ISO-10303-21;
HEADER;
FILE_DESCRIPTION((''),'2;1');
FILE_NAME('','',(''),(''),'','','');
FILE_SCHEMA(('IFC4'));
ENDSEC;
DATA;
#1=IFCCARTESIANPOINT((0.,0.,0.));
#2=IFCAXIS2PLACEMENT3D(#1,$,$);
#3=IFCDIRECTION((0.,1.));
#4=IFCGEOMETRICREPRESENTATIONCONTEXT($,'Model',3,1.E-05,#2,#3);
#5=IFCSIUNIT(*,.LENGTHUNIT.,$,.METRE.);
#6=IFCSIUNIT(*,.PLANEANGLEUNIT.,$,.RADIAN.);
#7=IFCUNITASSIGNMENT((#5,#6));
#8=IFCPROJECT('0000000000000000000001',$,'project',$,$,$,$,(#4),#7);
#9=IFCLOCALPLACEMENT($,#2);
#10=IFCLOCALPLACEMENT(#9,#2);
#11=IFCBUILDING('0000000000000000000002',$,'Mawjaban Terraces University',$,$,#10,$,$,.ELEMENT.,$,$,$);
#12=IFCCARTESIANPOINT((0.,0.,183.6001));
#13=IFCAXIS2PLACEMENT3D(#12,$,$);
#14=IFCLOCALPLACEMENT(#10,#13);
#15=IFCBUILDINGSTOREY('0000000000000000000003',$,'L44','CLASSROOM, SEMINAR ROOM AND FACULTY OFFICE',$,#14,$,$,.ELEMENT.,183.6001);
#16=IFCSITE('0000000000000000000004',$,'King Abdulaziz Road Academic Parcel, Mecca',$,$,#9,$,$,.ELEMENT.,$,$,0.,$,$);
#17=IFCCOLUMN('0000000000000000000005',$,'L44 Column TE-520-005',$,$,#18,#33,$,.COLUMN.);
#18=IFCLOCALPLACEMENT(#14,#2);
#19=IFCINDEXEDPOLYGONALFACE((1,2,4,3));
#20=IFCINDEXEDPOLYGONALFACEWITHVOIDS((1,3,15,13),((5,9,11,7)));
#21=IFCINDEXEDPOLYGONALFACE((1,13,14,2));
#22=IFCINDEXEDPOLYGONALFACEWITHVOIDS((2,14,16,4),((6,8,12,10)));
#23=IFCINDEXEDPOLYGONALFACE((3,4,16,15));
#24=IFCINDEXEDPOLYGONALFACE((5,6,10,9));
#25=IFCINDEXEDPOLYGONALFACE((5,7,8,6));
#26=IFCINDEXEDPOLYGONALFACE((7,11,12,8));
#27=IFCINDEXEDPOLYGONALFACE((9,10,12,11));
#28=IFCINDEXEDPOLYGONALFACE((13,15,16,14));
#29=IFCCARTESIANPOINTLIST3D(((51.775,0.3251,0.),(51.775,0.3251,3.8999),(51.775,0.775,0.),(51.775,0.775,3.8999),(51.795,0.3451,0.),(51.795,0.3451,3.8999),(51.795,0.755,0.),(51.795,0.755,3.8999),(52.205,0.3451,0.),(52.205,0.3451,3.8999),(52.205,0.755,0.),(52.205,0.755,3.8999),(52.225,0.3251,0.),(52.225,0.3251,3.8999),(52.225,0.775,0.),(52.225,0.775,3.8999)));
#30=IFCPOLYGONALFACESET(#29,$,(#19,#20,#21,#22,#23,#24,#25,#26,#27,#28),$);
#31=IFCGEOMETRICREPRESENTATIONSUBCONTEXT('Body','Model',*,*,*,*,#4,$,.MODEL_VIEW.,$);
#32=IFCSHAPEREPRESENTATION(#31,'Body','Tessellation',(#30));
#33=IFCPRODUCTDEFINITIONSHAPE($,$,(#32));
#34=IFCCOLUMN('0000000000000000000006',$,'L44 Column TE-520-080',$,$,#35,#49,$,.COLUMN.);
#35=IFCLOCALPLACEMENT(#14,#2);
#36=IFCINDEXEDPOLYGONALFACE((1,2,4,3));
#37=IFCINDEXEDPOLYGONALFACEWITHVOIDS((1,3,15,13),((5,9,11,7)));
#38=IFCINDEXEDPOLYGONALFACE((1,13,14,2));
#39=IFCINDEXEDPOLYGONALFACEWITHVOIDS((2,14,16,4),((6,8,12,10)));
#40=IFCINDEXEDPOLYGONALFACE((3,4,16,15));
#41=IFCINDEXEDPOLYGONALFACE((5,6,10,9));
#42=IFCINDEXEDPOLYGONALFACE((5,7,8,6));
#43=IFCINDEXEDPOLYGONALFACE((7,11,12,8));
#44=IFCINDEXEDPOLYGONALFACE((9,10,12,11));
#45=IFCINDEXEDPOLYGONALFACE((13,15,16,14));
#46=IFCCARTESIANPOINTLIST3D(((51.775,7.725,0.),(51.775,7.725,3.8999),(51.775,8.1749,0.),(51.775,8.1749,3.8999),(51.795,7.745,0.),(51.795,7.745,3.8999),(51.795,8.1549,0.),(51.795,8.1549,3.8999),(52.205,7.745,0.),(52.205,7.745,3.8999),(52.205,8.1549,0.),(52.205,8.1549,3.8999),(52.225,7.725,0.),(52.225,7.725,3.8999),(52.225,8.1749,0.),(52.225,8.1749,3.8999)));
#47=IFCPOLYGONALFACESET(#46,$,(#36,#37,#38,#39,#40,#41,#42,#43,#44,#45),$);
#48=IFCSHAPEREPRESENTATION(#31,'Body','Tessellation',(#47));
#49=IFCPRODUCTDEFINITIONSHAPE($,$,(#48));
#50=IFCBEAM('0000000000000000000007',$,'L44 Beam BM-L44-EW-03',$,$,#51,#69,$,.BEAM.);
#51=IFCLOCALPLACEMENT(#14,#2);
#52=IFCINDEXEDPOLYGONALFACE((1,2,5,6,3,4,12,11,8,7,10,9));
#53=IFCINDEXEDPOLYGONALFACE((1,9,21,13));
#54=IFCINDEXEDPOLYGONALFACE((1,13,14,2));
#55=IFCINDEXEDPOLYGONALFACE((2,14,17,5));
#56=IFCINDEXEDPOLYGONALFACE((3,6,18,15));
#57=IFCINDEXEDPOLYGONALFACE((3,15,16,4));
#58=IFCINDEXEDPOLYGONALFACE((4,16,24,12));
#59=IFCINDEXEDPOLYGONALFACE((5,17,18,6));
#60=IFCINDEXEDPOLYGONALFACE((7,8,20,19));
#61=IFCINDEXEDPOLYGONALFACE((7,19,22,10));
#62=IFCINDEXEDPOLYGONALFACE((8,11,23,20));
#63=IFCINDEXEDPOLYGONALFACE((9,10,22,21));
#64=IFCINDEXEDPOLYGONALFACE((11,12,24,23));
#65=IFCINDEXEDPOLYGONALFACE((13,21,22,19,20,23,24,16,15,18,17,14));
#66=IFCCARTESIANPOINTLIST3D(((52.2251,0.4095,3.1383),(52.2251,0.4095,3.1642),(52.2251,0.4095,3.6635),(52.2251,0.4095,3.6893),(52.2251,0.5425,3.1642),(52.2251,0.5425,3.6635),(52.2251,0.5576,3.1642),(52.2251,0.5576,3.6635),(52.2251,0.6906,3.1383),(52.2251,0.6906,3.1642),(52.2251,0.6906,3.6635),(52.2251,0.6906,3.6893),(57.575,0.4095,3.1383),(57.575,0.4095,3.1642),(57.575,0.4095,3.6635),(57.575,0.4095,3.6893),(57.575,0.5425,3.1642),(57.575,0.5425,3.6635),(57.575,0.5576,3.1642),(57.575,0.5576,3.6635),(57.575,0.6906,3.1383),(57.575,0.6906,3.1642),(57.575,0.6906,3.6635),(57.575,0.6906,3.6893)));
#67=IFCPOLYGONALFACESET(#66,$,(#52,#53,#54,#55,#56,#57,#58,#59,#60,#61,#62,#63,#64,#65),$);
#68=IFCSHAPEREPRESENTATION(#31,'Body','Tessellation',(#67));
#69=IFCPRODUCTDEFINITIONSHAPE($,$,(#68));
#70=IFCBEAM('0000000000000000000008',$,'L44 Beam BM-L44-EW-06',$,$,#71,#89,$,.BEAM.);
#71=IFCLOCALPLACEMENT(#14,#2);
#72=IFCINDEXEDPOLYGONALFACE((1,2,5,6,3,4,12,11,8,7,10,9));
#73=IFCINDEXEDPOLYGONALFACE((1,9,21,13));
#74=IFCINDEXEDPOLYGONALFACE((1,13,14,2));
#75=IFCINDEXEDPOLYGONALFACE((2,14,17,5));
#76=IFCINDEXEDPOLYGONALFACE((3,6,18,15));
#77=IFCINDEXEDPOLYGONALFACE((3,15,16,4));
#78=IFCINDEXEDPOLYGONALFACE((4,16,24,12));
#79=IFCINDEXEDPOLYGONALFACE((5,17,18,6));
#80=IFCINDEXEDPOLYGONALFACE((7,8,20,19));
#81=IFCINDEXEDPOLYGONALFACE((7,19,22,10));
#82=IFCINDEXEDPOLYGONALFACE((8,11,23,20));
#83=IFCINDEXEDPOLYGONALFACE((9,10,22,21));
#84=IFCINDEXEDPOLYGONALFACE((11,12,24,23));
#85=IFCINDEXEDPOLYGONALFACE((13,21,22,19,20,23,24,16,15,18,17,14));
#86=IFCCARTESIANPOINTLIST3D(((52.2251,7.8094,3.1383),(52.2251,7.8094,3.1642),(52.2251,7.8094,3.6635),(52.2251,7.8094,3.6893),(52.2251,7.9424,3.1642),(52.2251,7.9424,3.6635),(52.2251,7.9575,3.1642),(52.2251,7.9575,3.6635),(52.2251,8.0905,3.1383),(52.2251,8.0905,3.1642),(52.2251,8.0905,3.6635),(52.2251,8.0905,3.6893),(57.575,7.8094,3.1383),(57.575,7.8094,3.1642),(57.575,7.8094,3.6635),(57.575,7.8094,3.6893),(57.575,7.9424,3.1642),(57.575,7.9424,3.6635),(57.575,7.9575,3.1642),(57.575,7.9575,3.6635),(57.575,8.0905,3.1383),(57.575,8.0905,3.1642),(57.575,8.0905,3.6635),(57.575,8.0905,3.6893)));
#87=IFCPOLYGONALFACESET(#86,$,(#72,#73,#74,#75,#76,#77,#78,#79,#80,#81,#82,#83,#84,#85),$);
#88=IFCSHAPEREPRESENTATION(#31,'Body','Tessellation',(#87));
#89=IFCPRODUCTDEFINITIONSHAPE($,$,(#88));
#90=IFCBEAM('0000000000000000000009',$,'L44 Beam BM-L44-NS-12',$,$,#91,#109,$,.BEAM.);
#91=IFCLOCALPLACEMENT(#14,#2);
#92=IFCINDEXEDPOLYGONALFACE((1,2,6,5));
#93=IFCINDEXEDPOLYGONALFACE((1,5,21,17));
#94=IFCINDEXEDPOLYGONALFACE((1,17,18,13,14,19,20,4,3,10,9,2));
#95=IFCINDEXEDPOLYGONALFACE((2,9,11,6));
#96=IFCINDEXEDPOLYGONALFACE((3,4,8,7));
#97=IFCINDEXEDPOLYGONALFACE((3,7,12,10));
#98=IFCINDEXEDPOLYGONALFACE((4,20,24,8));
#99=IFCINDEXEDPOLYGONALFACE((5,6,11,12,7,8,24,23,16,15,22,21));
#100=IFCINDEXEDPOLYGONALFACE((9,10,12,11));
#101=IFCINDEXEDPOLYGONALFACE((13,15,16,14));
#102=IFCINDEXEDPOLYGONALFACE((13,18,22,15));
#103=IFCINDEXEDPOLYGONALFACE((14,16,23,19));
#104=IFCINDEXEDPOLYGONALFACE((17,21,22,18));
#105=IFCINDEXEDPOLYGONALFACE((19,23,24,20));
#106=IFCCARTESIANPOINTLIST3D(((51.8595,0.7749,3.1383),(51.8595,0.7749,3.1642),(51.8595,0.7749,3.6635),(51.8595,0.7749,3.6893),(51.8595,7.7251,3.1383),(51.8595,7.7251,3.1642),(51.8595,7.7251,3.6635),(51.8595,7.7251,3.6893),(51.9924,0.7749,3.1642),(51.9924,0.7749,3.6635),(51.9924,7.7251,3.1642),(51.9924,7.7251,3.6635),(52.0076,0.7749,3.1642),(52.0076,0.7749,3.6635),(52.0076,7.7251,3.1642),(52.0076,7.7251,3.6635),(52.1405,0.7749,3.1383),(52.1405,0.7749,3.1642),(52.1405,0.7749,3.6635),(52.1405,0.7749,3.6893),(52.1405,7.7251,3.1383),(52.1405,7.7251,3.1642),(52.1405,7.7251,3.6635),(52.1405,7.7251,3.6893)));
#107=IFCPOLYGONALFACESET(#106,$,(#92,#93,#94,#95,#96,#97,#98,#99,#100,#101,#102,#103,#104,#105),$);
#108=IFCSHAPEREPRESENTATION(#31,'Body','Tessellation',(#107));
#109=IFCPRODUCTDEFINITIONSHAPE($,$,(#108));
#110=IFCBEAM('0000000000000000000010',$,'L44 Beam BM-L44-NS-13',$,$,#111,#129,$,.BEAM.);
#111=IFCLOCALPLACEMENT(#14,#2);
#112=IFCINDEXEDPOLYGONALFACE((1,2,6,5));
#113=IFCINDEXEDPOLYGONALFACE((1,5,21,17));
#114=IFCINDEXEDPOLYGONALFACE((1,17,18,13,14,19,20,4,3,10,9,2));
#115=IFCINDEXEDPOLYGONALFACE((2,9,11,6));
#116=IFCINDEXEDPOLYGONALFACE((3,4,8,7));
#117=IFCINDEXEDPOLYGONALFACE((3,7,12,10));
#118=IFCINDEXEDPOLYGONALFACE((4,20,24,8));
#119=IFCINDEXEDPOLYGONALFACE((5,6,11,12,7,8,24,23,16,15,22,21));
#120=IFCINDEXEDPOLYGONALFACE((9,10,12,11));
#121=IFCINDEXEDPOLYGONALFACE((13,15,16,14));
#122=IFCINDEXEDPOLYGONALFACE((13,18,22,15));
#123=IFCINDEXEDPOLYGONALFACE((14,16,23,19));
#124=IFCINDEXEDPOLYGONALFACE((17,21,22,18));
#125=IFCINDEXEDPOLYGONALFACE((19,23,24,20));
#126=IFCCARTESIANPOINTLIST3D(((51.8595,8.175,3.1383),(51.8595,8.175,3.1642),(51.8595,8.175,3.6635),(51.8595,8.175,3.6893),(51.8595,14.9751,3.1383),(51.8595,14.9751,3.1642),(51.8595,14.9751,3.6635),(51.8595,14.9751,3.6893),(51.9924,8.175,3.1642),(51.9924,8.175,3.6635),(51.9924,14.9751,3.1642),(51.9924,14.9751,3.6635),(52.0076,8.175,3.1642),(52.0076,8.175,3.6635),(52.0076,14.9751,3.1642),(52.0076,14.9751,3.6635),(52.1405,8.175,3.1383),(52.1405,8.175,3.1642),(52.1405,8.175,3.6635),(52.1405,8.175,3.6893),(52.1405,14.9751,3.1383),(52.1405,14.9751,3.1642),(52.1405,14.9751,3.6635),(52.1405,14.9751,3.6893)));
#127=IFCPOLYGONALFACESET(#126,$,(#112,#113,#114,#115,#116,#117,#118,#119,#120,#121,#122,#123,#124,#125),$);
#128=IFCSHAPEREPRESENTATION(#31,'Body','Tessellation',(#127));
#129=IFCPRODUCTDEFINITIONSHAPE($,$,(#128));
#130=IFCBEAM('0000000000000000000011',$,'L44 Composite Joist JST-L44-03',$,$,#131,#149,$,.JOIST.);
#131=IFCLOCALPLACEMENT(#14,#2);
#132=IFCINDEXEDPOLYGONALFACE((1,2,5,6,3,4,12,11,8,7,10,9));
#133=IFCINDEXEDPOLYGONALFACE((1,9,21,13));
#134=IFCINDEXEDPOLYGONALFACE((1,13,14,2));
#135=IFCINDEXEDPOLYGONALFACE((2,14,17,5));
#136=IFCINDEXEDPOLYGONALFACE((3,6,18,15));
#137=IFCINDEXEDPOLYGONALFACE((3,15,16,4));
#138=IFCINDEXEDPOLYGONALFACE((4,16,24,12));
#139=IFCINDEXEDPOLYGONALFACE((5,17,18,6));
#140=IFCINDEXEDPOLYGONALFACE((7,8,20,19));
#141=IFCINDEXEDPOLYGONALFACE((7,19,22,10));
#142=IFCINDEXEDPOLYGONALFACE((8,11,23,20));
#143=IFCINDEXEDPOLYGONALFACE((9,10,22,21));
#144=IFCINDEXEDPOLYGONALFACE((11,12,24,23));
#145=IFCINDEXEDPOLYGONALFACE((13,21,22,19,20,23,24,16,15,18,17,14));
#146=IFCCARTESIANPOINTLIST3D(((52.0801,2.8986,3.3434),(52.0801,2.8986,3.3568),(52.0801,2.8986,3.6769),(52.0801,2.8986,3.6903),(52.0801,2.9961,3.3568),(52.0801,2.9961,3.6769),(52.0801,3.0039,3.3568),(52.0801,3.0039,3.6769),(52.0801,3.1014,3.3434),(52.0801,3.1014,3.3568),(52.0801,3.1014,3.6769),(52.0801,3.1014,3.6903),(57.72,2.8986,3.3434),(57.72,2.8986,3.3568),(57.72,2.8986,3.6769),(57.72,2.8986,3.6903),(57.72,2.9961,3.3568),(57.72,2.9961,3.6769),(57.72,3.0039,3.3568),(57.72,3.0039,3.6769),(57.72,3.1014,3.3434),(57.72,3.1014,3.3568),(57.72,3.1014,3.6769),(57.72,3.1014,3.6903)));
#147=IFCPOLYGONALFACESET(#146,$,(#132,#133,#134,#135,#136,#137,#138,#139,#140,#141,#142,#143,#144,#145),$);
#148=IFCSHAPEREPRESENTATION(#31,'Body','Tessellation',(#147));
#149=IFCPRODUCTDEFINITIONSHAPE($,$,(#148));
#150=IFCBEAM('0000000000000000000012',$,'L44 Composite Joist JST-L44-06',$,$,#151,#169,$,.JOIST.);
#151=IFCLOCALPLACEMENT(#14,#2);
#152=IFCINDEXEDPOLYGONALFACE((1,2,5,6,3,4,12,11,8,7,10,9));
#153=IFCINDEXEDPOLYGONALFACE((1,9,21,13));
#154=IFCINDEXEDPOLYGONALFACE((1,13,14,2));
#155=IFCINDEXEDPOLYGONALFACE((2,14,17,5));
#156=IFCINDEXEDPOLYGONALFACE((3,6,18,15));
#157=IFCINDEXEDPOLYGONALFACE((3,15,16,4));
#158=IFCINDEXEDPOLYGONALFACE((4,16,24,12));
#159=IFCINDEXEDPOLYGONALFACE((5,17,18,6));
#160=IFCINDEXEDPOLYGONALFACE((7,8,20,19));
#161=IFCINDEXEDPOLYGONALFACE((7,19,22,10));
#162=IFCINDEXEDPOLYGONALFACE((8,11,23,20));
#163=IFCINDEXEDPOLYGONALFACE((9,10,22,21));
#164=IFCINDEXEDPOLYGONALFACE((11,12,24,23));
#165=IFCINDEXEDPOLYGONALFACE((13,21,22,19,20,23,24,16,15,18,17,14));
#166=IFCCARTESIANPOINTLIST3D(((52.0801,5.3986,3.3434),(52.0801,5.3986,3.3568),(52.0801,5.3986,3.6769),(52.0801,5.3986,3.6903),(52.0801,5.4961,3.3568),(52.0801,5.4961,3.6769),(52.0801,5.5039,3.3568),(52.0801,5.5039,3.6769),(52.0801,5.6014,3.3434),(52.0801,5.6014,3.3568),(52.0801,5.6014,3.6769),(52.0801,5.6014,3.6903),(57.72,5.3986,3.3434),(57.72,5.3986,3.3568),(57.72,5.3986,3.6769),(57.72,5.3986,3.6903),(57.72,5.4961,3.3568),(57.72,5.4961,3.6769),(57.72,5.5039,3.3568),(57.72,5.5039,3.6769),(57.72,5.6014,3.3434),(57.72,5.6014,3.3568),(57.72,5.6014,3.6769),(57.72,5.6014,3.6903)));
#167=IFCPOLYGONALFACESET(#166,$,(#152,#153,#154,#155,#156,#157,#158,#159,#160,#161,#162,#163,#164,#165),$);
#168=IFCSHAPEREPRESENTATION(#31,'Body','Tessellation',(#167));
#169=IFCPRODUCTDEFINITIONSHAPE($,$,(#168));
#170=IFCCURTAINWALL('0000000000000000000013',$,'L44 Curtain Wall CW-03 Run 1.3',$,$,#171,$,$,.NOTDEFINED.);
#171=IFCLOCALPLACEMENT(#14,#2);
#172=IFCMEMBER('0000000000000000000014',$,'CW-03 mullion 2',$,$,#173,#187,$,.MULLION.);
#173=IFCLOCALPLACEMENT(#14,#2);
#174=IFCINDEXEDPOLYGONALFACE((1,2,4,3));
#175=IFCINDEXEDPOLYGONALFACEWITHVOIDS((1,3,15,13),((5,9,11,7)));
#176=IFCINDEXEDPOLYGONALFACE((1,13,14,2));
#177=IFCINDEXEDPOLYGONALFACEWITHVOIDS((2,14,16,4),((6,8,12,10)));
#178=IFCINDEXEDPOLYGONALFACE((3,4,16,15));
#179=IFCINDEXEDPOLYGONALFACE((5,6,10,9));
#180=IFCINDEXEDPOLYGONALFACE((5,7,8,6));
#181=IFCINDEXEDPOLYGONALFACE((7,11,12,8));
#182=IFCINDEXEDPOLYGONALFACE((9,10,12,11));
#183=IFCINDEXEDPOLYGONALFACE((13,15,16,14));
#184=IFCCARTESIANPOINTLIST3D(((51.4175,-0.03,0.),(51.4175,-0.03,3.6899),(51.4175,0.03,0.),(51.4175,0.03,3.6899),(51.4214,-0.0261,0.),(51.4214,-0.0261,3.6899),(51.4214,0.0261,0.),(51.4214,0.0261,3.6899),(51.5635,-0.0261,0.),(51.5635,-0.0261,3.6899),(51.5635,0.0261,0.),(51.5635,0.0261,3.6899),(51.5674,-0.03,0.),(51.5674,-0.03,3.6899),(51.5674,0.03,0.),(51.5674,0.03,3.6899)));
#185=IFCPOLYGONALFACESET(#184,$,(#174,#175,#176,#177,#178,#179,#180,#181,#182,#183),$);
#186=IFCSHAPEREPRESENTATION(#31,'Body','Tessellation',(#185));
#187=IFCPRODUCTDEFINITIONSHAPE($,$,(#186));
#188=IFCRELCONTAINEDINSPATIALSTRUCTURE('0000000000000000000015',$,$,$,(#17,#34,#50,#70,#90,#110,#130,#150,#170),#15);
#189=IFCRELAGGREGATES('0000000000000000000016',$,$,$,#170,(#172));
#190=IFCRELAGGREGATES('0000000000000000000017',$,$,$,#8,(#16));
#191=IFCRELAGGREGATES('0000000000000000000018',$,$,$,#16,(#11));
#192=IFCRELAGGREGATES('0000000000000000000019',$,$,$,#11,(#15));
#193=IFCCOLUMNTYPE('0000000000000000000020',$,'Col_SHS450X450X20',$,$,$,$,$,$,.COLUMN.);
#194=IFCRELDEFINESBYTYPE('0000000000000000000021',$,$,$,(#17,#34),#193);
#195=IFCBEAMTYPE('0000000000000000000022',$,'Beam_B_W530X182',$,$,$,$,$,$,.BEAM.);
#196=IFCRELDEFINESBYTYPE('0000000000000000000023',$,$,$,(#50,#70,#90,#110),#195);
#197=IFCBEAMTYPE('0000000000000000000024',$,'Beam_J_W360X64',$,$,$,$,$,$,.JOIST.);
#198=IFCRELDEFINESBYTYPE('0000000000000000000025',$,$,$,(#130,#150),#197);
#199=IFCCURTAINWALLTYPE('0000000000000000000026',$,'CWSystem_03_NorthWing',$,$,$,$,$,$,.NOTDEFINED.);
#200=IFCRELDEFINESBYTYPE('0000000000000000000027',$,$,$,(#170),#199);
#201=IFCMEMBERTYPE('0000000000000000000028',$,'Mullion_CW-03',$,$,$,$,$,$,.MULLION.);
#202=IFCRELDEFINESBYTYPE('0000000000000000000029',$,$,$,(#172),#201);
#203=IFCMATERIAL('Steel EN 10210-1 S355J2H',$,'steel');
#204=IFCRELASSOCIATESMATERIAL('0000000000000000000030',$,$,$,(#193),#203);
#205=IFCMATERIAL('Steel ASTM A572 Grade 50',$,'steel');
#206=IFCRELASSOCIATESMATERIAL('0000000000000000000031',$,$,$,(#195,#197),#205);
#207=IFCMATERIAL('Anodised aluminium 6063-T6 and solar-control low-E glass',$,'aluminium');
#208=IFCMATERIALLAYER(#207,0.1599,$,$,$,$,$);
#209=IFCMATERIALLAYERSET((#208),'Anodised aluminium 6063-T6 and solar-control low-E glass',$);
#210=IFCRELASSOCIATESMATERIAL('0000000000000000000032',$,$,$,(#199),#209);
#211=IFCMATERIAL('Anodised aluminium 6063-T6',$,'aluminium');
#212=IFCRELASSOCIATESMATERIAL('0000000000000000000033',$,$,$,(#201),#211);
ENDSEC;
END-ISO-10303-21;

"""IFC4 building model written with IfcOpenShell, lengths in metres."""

from ifc_helpers import new_model, si_unit, direction, frame, origin, origin_2d, place, context, subcontext, project, spatial, hollow_rectangle, i_section, extrude, material, layer, layer_set, material_profile, profile_set, type_object, element, aggregate, save


model = new_model("IFC4")

# Units and contexts
model_context = context("Model", 3, precision=1e-05, world=origin(), true_north=direction((0.0, 1.0)))
body_context = subcontext(model_context, "Body", "Model", "MODEL_VIEW")
ifc_project = project(units=[si_unit("LENGTHUNIT", "METRE"), si_unit("PLANEANGLEUNIT", "RADIAN")], contexts=[model_context])

# Site, building, storey
site_placement = place(None, origin())
site = spatial("IfcSite", under=ifc_project, at=site_placement, Name="King Abdulaziz Road Academic Parcel, Mecca", CompositionType="ELEMENT", RefElevation=0.0)
building_placement = place(site_placement, origin())
building = spatial("IfcBuilding", under=site, at=building_placement, Name="Mawjaban Terraces University", CompositionType="ELEMENT")
storey_placement = place(building_placement, frame((0.0, 0.0, 183.6001)))
storey = spatial("IfcBuildingStorey", under=building, at=storey_placement, Name="L44", Description="CLASSROOM, SEMINAR ROOM AND FACULTY OFFICE", CompositionType="ELEMENT", Elevation=183.6001)

# Columns
ifc_material_1 = material(Name="Steel EN 10210-1 S355J2H", Category="steel")
ifc_material_profile_1 = material_profile(ifc_material_1, hollow_rectangle(XDim=0.45, YDim=0.45, WallThickness=0.02, at=origin_2d()), Name="SHS450X450X20")
ifc_profile_set_1 = profile_set([ifc_material_profile_1], Name="Steel EN 10210-1 S355J2H")
column_type = type_object("IfcColumnType", Name="Col_SHS450X450X20", PredefinedType="COLUMN", material=ifc_profile_set_1)
for number, where, z_axis, x_axis, name in (
    (1, (52.0, 0.55, 0.0), (0.0, 0.0, 1.0), (1.0, 0.0, 0.0), "L44 Column TE-520-005"),
    (2, (52.0, 7.95, 0.0), (0.0, 0.0, 1.0), (1.0, 0.0, 0.0), "L44 Column TE-520-080"),
):
    element("IfcColumn", number, at=place(storey_placement, frame(where, z_axis=z_axis, x_axis=x_axis)), inside=storey, type_object=column_type, Name=name, PredefinedType="COLUMN", context=body_context, shape_type="SweptSolid", body=[
        extrude(hollow_rectangle(XDim=0.45, YDim=0.45, WallThickness=0.02, at=origin_2d()), origin(), (0.0, 0.0, 1.0), 3.8999),
    ])

# Beams
ifc_material_2 = material(Name="Steel ASTM A572 Grade 50", Category="steel")
ifc_material_profile_2 = material_profile(ifc_material_2, i_section(OverallWidth=0.281, OverallDepth=0.551, WebThickness=0.0151, FlangeThickness=0.0259, at=origin_2d()), Name="W530X182")
ifc_profile_set_2 = profile_set([ifc_material_profile_2], Name="Steel ASTM A572 Grade 50")
beam_type_1 = type_object("IfcBeamType", Name="Beam_B_W530X182", PredefinedType="BEAM", material=ifc_profile_set_2)
for number, where, z_axis, x_axis, name in (
    (3, (52.2251, 0.55, 3.4138), (1.0, 0.0, 0.0), (0.0, 1.0, 0.0), "L44 Beam BM-L44-EW-03"),
    (4, (52.2251, 7.95, 3.4138), (1.0, 0.0, 0.0), (0.0, 1.0, 0.0), "L44 Beam BM-L44-EW-06"),
):
    element("IfcBeam", number, at=place(storey_placement, frame(where, z_axis=z_axis, x_axis=x_axis)), inside=storey, type_object=beam_type_1, Name=name, PredefinedType="BEAM", context=body_context, shape_type="SweptSolid", body=[
        extrude(i_section(OverallWidth=0.281, OverallDepth=0.551, WebThickness=0.0151, FlangeThickness=0.0259, at=origin_2d()), origin(), (0.0, 0.0, 1.0), 5.3499),
    ])
beam_1_placement = place(storey_placement, frame((52.0, 0.7749, 3.4138), z_axis=(0.0, 1.0, 0.0), x_axis=(-1.0, 0.0, 0.0)))
element("IfcBeam", 5, at=beam_1_placement, inside=storey, type_object=beam_type_1, Name="L44 Beam BM-L44-NS-12", PredefinedType="BEAM", context=body_context, shape_type="SweptSolid", body=[
    extrude(i_section(OverallWidth=0.281, OverallDepth=0.551, WebThickness=0.0151, FlangeThickness=0.0259, at=origin_2d()), origin(), (0.0, 0.0, 1.0), 6.9502),
])
beam_2_placement = place(storey_placement, frame((52.0, 8.175, 3.4138), z_axis=(0.0, 1.0, 0.0), x_axis=(-1.0, 0.0, 0.0)))
element("IfcBeam", 6, at=beam_2_placement, inside=storey, type_object=beam_type_1, Name="L44 Beam BM-L44-NS-13", PredefinedType="BEAM", context=body_context, shape_type="SweptSolid", body=[
    extrude(i_section(OverallWidth=0.281, OverallDepth=0.551, WebThickness=0.0151, FlangeThickness=0.0259, at=origin_2d()), origin(), (0.0, 0.0, 1.0), 6.8),
])
ifc_material_profile_3 = material_profile(ifc_material_2, i_section(OverallWidth=0.2029, OverallDepth=0.3469, WebThickness=0.0078, FlangeThickness=0.0134, at=origin_2d()), Name="W360X64")
ifc_profile_set_3 = profile_set([ifc_material_profile_3], Name="Steel ASTM A572 Grade 50")
beam_type_2 = type_object("IfcBeamType", Name="Beam_J_W360X64", PredefinedType="JOIST", material=ifc_profile_set_3)
for number, where, z_axis, x_axis, name in (
    (7, (52.0801, 3.0, 3.5168), (1.0, 0.0, 0.0), (0.0, 1.0, 0.0), "L44 Composite Joist JST-L44-03"),
    (8, (52.0801, 5.5, 3.5168), (1.0, 0.0, 0.0), (0.0, 1.0, 0.0), "L44 Composite Joist JST-L44-06"),
):
    element("IfcBeam", number, at=place(storey_placement, frame(where, z_axis=z_axis, x_axis=x_axis)), inside=storey, type_object=beam_type_2, Name=name, PredefinedType="JOIST", context=body_context, shape_type="SweptSolid", body=[
        extrude(i_section(OverallWidth=0.2029, OverallDepth=0.3469, WebThickness=0.0078, FlangeThickness=0.0134, at=origin_2d()), origin(), (0.0, 0.0, 1.0), 5.6399),
    ])

# Curtain wall, member
ifc_material_3 = material(Name="Anodised aluminium 6063-T6 and solar-control low-E glass", Category="aluminium")
ifc_layer_1 = layer(ifc_material_3, 0.1599)
ifc_layer_set_1 = layer_set([ifc_layer_1], Name="Anodised aluminium 6063-T6 and solar-control low-E glass")
curtain_wall_type = type_object("IfcCurtainWallType", Name="CWSystem_03_NorthWing", PredefinedType="NOTDEFINED", material=ifc_layer_set_1)
curtain_wall_1_placement = place(storey_placement, origin())
curtain_wall_1 = element("IfcCurtainWall", 9, at=curtain_wall_1_placement, inside=storey, type_object=curtain_wall_type, Name="L44 Curtain Wall CW-03 Run 1.3", PredefinedType="NOTDEFINED")
ifc_material_4 = material(Name="Anodised aluminium 6063-T6", Category="aluminium")
ifc_material_profile_4 = material_profile(ifc_material_4, hollow_rectangle(XDim=0.0601, YDim=0.1499, WallThickness=0.0039, at=origin_2d()), Name="ALU150X60X4")
ifc_profile_set_4 = profile_set([ifc_material_profile_4], Name="Anodised aluminium 6063-T6")
member_type_1 = type_object("IfcMemberType", Name="Mullion_CW-03", PredefinedType="MULLION", material=ifc_profile_set_4)
member_1_placement = place(storey_placement, frame((51.4924, 0.0, 0.0), z_axis=(0.0, 0.0, 1.0), x_axis=(0.0, 1.0, 0.0)))
member_1 = element("IfcMember", 10, at=member_1_placement, type_object=member_type_1, Name="CW-03 mullion 2", PredefinedType="MULLION", context=body_context, shape_type="SweptSolid", body=[
    extrude(hollow_rectangle(XDim=0.0601, YDim=0.1499, WallThickness=0.0039, at=origin_2d()), origin(), (0.0, 0.0, 1.0), 3.6899),
])

aggregate(curtain_wall_1, [member_1])

save(model, "model.ifc")
